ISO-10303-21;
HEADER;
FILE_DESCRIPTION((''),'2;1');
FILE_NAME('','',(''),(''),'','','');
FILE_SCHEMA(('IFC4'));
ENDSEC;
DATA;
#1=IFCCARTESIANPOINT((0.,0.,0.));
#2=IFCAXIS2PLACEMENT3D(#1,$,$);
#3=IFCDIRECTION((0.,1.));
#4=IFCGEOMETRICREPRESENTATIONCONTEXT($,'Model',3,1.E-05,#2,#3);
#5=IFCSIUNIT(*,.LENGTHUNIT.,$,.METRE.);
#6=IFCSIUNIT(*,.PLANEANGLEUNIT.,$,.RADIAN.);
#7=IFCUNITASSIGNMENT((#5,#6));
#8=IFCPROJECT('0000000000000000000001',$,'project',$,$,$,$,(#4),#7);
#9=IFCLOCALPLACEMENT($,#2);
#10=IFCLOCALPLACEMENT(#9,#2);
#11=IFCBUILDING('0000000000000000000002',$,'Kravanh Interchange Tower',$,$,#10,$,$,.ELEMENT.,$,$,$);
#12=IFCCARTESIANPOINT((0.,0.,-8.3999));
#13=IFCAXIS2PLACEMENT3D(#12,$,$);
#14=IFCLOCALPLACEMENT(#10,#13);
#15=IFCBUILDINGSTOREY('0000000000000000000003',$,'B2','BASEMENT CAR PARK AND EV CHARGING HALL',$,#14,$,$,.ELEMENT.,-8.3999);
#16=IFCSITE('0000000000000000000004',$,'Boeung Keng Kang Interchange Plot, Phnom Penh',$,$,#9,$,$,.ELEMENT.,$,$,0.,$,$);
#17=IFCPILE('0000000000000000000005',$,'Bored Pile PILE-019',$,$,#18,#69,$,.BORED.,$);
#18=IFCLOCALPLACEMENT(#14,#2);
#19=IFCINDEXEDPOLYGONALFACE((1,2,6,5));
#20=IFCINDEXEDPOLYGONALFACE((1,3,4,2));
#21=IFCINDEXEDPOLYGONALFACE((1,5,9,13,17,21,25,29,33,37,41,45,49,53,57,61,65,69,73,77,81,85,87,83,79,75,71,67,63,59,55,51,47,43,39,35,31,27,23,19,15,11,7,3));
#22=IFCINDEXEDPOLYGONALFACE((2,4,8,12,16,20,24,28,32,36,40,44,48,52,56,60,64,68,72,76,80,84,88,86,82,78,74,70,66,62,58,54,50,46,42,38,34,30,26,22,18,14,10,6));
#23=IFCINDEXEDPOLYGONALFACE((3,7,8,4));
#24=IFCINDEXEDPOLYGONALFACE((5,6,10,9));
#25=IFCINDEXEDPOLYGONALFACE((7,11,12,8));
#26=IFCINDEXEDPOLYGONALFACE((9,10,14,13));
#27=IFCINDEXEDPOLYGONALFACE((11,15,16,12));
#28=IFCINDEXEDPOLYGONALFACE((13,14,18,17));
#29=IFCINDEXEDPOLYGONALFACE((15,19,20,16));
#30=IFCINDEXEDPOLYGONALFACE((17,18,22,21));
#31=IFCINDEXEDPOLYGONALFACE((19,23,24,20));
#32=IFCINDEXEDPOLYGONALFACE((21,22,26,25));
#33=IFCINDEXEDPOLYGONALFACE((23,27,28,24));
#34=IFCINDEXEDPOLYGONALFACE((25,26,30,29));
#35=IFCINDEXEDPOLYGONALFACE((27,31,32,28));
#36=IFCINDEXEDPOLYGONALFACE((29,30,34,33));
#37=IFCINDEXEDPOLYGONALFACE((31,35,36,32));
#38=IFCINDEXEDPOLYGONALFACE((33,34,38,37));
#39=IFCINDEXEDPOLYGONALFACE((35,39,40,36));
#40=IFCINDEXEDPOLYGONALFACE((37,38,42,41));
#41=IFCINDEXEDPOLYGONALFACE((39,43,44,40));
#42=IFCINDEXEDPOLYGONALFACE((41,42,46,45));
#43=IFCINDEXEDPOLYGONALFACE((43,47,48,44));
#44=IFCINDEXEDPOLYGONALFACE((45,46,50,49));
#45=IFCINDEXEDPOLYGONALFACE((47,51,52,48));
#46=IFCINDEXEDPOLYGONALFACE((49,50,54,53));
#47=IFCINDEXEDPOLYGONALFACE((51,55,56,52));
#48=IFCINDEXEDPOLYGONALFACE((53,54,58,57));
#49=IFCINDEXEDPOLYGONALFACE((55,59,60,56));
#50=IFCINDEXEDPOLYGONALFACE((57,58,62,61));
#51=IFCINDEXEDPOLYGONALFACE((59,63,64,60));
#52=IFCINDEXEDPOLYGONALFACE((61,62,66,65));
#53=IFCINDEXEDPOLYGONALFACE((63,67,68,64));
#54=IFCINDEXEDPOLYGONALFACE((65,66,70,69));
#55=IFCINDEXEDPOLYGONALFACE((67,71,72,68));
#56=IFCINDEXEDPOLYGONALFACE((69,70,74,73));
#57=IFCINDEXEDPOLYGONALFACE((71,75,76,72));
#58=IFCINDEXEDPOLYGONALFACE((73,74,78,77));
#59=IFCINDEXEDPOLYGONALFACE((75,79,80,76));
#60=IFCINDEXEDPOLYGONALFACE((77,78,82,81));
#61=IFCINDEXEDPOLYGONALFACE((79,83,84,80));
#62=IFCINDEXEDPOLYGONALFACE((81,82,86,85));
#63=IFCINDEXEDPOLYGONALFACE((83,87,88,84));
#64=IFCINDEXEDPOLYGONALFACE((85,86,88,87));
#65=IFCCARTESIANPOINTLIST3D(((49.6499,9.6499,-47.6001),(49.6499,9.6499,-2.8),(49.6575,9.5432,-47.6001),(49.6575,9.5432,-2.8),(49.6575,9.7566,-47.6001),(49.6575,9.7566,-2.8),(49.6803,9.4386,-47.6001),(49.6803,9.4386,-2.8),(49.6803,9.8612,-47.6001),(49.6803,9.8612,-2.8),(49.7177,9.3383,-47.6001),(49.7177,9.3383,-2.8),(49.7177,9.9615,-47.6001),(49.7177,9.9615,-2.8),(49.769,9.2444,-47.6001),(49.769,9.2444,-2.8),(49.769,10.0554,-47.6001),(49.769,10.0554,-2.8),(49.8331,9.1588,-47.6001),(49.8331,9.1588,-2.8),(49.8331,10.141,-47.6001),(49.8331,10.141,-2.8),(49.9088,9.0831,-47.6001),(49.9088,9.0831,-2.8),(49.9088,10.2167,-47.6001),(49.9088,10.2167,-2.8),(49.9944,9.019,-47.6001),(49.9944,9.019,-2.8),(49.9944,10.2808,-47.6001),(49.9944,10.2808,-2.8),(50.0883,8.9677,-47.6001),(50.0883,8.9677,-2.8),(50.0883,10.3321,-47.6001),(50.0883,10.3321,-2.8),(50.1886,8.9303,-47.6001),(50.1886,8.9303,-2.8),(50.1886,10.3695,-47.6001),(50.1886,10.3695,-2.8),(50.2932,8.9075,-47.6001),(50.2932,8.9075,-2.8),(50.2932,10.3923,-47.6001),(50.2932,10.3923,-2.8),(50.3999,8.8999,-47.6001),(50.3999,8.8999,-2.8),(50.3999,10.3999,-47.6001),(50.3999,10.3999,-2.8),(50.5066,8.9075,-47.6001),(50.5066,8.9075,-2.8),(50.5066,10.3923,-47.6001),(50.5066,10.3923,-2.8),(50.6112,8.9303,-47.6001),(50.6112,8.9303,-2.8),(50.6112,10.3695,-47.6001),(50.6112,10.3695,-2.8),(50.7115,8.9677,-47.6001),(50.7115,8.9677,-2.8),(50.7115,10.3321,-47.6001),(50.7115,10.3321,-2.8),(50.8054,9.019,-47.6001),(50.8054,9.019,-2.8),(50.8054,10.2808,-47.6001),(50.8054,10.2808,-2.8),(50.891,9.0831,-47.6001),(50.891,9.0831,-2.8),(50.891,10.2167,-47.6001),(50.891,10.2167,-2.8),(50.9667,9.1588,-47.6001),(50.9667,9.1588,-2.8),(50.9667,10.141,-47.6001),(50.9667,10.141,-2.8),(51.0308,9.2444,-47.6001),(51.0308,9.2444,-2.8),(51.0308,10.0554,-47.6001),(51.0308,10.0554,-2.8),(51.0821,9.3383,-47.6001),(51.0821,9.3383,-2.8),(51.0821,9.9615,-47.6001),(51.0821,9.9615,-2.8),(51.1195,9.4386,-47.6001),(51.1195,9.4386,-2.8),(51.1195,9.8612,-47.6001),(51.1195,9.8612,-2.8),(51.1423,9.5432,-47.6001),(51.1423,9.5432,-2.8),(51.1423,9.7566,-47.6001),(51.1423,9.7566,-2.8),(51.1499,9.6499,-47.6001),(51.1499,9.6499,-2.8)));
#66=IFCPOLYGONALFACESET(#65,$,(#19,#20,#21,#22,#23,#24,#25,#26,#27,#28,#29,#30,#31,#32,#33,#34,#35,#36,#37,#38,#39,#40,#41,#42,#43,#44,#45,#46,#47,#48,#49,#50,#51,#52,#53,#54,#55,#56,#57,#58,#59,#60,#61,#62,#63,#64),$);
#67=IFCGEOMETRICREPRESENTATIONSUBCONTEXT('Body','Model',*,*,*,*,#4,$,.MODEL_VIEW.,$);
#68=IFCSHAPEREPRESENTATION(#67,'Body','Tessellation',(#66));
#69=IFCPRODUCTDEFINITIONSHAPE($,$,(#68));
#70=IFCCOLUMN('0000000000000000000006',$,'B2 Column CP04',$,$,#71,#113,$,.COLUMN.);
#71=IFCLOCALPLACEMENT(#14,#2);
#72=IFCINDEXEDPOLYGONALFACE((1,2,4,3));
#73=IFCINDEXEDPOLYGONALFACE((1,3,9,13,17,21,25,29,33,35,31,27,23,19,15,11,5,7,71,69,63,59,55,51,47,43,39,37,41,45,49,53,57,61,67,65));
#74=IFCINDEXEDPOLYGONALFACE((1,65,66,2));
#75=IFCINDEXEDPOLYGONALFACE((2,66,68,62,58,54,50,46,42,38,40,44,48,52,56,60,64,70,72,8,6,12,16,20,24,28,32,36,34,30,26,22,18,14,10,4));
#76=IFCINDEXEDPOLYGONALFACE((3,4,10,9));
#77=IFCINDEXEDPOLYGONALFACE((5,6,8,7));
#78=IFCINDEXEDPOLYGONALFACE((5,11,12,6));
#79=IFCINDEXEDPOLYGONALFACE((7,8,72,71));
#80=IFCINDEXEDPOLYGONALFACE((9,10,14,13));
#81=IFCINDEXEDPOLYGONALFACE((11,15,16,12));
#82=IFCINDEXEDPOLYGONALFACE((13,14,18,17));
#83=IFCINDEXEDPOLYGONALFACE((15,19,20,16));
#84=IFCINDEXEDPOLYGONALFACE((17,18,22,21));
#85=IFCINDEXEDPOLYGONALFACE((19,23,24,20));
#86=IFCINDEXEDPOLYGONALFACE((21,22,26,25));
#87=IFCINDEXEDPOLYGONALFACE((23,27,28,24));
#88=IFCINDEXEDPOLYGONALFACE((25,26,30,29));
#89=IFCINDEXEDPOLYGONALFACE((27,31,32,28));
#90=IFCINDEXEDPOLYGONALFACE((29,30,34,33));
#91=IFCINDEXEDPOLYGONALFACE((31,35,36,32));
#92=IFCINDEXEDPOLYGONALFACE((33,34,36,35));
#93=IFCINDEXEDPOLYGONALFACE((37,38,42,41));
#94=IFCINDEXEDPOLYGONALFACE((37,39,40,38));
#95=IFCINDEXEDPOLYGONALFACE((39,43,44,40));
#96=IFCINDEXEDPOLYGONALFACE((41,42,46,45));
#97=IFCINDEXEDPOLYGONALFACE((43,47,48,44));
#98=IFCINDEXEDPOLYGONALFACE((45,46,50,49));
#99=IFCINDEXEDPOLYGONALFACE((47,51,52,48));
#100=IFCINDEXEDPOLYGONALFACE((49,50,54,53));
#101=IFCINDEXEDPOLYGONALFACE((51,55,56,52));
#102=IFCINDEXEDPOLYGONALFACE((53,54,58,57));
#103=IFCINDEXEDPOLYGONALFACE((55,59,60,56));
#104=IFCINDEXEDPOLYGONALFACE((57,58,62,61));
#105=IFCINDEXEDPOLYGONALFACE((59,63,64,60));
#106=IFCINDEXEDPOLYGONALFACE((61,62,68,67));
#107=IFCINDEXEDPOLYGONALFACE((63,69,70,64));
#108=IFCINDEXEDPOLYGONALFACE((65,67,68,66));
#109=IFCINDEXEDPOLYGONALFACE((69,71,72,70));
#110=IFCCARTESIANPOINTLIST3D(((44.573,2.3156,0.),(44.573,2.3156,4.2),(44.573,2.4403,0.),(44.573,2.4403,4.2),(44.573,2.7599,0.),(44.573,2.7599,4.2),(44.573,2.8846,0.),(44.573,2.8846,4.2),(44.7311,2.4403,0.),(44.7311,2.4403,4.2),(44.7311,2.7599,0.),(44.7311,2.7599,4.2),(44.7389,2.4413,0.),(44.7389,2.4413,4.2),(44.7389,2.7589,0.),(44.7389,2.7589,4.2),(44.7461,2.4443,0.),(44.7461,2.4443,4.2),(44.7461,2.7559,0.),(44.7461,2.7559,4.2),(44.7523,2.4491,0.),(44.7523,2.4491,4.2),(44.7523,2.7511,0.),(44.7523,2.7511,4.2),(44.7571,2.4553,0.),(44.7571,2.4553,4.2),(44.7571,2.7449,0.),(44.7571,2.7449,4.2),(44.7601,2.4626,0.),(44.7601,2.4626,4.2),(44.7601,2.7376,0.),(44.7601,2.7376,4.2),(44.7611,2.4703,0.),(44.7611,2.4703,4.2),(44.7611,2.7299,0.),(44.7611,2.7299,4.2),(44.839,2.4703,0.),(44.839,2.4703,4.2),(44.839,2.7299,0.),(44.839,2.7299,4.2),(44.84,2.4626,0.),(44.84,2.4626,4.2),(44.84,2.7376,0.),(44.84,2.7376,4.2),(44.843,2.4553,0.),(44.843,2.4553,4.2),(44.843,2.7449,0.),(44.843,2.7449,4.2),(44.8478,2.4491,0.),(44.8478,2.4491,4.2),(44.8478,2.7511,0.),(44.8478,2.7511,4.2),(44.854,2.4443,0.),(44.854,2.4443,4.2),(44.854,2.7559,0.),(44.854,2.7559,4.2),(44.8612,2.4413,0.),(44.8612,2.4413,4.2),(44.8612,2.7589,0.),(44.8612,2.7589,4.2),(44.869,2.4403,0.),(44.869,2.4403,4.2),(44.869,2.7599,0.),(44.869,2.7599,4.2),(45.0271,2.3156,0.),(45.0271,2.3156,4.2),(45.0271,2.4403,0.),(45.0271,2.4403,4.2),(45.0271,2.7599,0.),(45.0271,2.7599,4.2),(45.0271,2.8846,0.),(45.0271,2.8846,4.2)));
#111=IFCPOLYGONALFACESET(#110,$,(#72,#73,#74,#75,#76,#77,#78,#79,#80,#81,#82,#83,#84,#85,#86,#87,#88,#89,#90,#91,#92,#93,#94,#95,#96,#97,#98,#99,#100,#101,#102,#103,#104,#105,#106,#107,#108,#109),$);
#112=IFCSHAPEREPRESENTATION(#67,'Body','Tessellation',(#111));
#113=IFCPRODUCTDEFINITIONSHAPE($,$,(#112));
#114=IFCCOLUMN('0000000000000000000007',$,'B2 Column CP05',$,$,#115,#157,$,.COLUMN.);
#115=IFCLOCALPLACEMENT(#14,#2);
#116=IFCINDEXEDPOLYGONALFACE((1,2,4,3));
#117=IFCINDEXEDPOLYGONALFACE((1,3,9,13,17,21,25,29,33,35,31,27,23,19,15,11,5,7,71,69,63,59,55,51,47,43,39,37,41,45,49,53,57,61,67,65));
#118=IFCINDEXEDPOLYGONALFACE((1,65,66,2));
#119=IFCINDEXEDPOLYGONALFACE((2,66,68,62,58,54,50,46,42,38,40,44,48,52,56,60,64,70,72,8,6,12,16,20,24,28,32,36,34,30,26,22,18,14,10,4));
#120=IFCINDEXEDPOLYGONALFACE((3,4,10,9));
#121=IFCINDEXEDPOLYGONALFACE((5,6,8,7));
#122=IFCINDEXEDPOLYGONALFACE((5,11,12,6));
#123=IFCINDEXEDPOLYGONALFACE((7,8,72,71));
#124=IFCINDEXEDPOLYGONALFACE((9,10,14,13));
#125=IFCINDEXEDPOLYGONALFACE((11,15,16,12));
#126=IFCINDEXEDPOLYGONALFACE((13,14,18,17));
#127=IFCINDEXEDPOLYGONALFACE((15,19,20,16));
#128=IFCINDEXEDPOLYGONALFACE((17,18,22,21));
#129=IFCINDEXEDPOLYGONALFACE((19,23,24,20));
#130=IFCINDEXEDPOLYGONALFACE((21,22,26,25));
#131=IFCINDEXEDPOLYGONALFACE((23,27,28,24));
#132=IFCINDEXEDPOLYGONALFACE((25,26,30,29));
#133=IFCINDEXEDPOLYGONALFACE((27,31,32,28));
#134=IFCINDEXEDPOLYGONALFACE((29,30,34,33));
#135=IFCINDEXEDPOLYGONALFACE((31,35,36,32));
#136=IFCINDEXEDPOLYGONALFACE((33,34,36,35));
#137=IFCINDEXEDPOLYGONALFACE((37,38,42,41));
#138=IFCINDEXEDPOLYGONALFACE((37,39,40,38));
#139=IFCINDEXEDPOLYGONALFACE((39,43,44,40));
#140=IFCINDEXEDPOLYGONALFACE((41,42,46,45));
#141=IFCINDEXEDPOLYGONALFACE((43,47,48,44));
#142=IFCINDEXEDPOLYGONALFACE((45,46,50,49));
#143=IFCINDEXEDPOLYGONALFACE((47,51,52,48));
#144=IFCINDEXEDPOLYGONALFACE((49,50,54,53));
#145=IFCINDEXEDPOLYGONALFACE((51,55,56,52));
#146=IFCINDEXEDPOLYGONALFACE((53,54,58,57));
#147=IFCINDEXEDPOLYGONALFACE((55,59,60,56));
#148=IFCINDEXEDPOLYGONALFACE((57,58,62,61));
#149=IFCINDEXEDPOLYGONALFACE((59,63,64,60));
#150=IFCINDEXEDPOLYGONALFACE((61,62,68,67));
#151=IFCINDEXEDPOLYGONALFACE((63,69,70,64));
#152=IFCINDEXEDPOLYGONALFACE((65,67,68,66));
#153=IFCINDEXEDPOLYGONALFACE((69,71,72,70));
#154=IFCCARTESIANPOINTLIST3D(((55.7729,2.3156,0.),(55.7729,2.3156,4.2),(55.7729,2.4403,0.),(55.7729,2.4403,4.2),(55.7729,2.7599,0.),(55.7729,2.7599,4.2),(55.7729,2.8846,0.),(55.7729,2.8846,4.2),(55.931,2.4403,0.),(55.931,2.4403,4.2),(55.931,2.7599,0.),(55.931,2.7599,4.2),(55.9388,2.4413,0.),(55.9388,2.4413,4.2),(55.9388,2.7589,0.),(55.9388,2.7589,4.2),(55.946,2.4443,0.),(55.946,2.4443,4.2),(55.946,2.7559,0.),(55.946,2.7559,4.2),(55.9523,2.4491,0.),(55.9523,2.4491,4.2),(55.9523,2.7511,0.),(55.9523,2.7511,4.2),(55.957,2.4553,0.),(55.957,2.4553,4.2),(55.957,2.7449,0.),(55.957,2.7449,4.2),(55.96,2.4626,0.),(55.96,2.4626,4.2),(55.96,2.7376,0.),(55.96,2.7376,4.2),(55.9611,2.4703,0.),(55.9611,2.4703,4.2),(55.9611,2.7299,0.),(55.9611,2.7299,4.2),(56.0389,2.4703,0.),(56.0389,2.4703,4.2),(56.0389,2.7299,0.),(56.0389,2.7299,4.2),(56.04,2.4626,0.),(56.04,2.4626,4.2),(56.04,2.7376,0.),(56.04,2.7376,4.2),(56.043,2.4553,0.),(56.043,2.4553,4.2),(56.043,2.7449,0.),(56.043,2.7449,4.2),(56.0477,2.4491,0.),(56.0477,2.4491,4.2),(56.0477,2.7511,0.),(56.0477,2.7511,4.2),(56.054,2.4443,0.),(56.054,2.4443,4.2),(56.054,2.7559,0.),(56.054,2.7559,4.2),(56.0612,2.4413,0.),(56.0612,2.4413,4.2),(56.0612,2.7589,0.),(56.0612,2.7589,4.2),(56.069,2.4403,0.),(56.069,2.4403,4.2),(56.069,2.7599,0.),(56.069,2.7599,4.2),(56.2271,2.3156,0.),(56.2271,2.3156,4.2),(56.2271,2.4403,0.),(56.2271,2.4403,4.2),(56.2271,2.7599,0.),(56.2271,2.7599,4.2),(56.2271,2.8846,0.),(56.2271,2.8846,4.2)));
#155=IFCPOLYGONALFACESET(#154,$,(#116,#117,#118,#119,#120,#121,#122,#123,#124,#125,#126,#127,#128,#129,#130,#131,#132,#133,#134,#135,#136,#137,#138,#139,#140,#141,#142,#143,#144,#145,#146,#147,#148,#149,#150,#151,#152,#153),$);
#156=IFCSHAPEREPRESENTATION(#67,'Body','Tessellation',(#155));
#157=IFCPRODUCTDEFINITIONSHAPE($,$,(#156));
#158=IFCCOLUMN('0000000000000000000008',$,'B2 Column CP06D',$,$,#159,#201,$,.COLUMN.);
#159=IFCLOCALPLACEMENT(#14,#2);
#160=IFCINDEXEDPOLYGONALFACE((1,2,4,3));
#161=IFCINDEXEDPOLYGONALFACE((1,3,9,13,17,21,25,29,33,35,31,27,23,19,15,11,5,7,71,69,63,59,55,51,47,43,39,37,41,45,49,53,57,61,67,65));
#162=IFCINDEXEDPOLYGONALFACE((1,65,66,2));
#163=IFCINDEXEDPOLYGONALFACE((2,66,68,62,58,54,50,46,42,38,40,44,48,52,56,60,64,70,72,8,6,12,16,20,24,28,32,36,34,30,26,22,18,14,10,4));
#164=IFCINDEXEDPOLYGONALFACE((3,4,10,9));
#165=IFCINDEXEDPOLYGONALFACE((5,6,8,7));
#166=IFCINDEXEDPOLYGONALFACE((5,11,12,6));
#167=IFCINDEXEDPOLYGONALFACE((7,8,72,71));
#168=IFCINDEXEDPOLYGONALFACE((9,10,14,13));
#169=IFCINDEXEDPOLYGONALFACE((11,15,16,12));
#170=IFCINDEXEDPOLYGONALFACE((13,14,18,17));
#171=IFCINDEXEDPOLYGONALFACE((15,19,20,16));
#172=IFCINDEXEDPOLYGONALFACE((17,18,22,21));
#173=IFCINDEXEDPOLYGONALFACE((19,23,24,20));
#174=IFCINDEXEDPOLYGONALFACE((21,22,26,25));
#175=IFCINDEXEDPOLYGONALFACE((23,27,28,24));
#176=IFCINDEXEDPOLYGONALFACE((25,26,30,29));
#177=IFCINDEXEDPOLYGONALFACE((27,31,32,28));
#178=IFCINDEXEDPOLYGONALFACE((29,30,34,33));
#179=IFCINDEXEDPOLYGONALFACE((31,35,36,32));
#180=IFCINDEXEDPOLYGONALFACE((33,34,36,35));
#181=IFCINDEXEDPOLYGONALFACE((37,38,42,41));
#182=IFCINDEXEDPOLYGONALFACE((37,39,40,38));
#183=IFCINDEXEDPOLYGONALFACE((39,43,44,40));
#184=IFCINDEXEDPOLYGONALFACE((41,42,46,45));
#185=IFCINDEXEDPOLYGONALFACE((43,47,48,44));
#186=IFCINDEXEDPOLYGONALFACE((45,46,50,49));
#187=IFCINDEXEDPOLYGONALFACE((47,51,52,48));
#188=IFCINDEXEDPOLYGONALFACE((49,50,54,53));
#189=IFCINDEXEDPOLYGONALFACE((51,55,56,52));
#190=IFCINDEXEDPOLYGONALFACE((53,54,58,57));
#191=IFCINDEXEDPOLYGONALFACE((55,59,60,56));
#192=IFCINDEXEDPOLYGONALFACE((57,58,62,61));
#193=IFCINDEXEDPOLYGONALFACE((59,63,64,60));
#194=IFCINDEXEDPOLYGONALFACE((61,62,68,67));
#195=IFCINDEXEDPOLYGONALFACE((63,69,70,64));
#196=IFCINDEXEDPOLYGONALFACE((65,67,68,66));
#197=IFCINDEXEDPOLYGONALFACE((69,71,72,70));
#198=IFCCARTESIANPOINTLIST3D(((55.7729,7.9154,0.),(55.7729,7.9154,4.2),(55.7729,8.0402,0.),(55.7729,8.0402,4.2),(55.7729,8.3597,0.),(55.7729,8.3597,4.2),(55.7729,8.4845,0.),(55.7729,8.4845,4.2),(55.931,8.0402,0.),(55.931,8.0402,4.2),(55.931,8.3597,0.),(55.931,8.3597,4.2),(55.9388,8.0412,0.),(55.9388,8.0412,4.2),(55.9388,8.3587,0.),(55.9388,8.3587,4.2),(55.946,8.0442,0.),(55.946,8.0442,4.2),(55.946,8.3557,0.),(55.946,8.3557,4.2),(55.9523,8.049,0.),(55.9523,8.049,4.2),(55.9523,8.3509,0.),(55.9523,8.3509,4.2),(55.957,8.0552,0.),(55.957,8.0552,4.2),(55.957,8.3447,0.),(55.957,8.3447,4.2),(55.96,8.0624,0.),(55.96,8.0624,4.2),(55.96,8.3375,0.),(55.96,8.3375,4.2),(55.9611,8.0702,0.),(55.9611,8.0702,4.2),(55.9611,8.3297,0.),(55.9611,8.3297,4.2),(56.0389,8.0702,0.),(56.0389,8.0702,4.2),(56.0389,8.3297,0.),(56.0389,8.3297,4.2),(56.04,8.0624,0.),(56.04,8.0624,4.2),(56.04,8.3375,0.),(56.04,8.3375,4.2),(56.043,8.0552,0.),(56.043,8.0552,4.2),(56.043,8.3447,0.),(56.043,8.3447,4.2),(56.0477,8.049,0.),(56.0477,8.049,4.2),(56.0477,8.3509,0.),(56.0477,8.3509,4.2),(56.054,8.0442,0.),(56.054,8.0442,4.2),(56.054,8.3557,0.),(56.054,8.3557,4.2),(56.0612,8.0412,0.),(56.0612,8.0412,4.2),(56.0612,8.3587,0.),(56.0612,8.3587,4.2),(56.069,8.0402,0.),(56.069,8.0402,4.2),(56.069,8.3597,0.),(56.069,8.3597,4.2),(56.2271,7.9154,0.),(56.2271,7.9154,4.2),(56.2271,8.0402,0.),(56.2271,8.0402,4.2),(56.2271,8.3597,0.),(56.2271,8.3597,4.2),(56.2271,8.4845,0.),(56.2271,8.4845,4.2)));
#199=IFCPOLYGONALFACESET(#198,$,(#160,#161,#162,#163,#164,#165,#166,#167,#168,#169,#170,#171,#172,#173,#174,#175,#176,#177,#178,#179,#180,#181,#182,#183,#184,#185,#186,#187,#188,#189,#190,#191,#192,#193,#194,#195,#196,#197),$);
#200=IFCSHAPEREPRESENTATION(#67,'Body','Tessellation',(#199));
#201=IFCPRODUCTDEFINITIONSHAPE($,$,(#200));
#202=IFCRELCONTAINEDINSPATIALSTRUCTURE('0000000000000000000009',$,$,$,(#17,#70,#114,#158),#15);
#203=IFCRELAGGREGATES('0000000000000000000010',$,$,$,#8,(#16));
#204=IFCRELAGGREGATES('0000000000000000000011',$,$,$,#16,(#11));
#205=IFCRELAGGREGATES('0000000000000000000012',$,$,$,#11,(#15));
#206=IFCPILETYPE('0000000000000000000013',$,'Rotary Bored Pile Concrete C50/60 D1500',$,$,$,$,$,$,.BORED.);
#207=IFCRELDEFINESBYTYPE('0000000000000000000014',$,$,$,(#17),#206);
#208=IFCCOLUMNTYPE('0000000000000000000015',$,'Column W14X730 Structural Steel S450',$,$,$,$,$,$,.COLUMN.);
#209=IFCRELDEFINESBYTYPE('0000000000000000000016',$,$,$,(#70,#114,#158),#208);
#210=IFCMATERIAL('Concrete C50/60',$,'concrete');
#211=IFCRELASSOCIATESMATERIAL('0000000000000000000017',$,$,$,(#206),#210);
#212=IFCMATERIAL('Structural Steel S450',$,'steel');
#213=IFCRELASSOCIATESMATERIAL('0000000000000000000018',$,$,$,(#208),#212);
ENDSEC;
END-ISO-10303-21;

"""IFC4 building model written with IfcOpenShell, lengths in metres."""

from ifc_helpers import new_model, si_unit, direction, frame, origin, origin_2d, place, context, subcontext, project, spatial, circle, i_section, extrude, material, material_profile, profile_set, type_object, element, save


model = new_model("IFC4")

# Units and contexts
model_context = context("Model", 3, precision=1e-05, world=origin(), true_north=direction((0.0, 1.0)))
body_context = subcontext(model_context, "Body", "Model", "MODEL_VIEW")
ifc_project = project(units=[si_unit("LENGTHUNIT", "METRE"), si_unit("PLANEANGLEUNIT", "RADIAN")], contexts=[model_context])

# Site, building, storey
site_placement = place(None, origin())
site = spatial("IfcSite", under=ifc_project, at=site_placement, Name="Boeung Keng Kang Interchange Plot, Phnom Penh", CompositionType="ELEMENT", RefElevation=0.0)
building_placement = place(site_placement, origin())
building = spatial("IfcBuilding", under=site, at=building_placement, Name="Kravanh Interchange Tower", CompositionType="ELEMENT")
storey_placement = place(building_placement, frame((0.0, 0.0, -8.3999)))
storey = spatial("IfcBuildingStorey", under=building, at=storey_placement, Name="B2", Description="BASEMENT CAR PARK AND EV CHARGING HALL", CompositionType="ELEMENT", Elevation=-8.3999)

# Pile
ifc_material_1 = material(Name="Concrete C50/60", Category="concrete")
ifc_material_profile_1 = material_profile(ifc_material_1, circle(Radius=0.75, at=origin_2d()), Name="PILE-D1500")
ifc_profile_set_1 = profile_set([ifc_material_profile_1], Name="Concrete C50/60")
pile_type = type_object("IfcPileType", Name="Rotary Bored Pile Concrete C50/60 D1500", PredefinedType="BORED", material=ifc_profile_set_1)
for number, where, z_axis, x_axis, name in (
    (1, (50.3999, 9.6499, -2.8), (0.0, 0.0, -1.0), (1.0, 0.0, 0.0), "Bored Pile PILE-019"),
):
    element("IfcPile", number, at=place(storey_placement, frame(where, z_axis=z_axis, x_axis=x_axis)), inside=storey, type_object=pile_type, Name=name, PredefinedType="BORED", context=body_context, shape_type="SweptSolid", body=[
        extrude(circle(Radius=0.75, at=origin_2d()), origin(), (0.0, 0.0, 1.0), 44.8),
    ])

# Columns
ifc_material_2 = material(Name="Structural Steel S450", Category="steel")
ifc_material_profile_2 = material_profile(ifc_material_2, i_section(OverallWidth=0.4541, OverallDepth=0.5691, WebThickness=0.0779, FlangeThickness=0.1248, FilletRadius=0.03, at=origin_2d()), Name="W14X730")
ifc_profile_set_2 = profile_set([ifc_material_profile_2], Name="Structural Steel S450")
column_type = type_object("IfcColumnType", Name="Column W14X730 Structural Steel S450", PredefinedType="COLUMN", material=ifc_profile_set_2)
for number, where, z_axis, x_axis, name in (
    (2, (44.8, 2.6001, 0.0), (0.0, 0.0, 1.0), (1.0, 0.0, 0.0), "B2 Column CP04"),
    (3, (56.0, 2.6001, 0.0), (0.0, 0.0, 1.0), (1.0, 0.0, 0.0), "B2 Column CP05"),
    (4, (56.0, 8.2, 0.0), (0.0, 0.0, 1.0), (1.0, 0.0, 0.0), "B2 Column CP06D"),
):
    element("IfcColumn", number, at=place(storey_placement, frame(where, z_axis=z_axis, x_axis=x_axis)), inside=storey, type_object=column_type, Name=name, PredefinedType="COLUMN", context=body_context, shape_type="SweptSolid", body=[
        extrude(i_section(OverallWidth=0.4541, OverallDepth=0.5691, WebThickness=0.0779, FlangeThickness=0.1248, FilletRadius=0.03, at=origin_2d()), origin(), (0.0, 0.0, 1.0), 4.2),
    ])

save(model, "model.ifc")
